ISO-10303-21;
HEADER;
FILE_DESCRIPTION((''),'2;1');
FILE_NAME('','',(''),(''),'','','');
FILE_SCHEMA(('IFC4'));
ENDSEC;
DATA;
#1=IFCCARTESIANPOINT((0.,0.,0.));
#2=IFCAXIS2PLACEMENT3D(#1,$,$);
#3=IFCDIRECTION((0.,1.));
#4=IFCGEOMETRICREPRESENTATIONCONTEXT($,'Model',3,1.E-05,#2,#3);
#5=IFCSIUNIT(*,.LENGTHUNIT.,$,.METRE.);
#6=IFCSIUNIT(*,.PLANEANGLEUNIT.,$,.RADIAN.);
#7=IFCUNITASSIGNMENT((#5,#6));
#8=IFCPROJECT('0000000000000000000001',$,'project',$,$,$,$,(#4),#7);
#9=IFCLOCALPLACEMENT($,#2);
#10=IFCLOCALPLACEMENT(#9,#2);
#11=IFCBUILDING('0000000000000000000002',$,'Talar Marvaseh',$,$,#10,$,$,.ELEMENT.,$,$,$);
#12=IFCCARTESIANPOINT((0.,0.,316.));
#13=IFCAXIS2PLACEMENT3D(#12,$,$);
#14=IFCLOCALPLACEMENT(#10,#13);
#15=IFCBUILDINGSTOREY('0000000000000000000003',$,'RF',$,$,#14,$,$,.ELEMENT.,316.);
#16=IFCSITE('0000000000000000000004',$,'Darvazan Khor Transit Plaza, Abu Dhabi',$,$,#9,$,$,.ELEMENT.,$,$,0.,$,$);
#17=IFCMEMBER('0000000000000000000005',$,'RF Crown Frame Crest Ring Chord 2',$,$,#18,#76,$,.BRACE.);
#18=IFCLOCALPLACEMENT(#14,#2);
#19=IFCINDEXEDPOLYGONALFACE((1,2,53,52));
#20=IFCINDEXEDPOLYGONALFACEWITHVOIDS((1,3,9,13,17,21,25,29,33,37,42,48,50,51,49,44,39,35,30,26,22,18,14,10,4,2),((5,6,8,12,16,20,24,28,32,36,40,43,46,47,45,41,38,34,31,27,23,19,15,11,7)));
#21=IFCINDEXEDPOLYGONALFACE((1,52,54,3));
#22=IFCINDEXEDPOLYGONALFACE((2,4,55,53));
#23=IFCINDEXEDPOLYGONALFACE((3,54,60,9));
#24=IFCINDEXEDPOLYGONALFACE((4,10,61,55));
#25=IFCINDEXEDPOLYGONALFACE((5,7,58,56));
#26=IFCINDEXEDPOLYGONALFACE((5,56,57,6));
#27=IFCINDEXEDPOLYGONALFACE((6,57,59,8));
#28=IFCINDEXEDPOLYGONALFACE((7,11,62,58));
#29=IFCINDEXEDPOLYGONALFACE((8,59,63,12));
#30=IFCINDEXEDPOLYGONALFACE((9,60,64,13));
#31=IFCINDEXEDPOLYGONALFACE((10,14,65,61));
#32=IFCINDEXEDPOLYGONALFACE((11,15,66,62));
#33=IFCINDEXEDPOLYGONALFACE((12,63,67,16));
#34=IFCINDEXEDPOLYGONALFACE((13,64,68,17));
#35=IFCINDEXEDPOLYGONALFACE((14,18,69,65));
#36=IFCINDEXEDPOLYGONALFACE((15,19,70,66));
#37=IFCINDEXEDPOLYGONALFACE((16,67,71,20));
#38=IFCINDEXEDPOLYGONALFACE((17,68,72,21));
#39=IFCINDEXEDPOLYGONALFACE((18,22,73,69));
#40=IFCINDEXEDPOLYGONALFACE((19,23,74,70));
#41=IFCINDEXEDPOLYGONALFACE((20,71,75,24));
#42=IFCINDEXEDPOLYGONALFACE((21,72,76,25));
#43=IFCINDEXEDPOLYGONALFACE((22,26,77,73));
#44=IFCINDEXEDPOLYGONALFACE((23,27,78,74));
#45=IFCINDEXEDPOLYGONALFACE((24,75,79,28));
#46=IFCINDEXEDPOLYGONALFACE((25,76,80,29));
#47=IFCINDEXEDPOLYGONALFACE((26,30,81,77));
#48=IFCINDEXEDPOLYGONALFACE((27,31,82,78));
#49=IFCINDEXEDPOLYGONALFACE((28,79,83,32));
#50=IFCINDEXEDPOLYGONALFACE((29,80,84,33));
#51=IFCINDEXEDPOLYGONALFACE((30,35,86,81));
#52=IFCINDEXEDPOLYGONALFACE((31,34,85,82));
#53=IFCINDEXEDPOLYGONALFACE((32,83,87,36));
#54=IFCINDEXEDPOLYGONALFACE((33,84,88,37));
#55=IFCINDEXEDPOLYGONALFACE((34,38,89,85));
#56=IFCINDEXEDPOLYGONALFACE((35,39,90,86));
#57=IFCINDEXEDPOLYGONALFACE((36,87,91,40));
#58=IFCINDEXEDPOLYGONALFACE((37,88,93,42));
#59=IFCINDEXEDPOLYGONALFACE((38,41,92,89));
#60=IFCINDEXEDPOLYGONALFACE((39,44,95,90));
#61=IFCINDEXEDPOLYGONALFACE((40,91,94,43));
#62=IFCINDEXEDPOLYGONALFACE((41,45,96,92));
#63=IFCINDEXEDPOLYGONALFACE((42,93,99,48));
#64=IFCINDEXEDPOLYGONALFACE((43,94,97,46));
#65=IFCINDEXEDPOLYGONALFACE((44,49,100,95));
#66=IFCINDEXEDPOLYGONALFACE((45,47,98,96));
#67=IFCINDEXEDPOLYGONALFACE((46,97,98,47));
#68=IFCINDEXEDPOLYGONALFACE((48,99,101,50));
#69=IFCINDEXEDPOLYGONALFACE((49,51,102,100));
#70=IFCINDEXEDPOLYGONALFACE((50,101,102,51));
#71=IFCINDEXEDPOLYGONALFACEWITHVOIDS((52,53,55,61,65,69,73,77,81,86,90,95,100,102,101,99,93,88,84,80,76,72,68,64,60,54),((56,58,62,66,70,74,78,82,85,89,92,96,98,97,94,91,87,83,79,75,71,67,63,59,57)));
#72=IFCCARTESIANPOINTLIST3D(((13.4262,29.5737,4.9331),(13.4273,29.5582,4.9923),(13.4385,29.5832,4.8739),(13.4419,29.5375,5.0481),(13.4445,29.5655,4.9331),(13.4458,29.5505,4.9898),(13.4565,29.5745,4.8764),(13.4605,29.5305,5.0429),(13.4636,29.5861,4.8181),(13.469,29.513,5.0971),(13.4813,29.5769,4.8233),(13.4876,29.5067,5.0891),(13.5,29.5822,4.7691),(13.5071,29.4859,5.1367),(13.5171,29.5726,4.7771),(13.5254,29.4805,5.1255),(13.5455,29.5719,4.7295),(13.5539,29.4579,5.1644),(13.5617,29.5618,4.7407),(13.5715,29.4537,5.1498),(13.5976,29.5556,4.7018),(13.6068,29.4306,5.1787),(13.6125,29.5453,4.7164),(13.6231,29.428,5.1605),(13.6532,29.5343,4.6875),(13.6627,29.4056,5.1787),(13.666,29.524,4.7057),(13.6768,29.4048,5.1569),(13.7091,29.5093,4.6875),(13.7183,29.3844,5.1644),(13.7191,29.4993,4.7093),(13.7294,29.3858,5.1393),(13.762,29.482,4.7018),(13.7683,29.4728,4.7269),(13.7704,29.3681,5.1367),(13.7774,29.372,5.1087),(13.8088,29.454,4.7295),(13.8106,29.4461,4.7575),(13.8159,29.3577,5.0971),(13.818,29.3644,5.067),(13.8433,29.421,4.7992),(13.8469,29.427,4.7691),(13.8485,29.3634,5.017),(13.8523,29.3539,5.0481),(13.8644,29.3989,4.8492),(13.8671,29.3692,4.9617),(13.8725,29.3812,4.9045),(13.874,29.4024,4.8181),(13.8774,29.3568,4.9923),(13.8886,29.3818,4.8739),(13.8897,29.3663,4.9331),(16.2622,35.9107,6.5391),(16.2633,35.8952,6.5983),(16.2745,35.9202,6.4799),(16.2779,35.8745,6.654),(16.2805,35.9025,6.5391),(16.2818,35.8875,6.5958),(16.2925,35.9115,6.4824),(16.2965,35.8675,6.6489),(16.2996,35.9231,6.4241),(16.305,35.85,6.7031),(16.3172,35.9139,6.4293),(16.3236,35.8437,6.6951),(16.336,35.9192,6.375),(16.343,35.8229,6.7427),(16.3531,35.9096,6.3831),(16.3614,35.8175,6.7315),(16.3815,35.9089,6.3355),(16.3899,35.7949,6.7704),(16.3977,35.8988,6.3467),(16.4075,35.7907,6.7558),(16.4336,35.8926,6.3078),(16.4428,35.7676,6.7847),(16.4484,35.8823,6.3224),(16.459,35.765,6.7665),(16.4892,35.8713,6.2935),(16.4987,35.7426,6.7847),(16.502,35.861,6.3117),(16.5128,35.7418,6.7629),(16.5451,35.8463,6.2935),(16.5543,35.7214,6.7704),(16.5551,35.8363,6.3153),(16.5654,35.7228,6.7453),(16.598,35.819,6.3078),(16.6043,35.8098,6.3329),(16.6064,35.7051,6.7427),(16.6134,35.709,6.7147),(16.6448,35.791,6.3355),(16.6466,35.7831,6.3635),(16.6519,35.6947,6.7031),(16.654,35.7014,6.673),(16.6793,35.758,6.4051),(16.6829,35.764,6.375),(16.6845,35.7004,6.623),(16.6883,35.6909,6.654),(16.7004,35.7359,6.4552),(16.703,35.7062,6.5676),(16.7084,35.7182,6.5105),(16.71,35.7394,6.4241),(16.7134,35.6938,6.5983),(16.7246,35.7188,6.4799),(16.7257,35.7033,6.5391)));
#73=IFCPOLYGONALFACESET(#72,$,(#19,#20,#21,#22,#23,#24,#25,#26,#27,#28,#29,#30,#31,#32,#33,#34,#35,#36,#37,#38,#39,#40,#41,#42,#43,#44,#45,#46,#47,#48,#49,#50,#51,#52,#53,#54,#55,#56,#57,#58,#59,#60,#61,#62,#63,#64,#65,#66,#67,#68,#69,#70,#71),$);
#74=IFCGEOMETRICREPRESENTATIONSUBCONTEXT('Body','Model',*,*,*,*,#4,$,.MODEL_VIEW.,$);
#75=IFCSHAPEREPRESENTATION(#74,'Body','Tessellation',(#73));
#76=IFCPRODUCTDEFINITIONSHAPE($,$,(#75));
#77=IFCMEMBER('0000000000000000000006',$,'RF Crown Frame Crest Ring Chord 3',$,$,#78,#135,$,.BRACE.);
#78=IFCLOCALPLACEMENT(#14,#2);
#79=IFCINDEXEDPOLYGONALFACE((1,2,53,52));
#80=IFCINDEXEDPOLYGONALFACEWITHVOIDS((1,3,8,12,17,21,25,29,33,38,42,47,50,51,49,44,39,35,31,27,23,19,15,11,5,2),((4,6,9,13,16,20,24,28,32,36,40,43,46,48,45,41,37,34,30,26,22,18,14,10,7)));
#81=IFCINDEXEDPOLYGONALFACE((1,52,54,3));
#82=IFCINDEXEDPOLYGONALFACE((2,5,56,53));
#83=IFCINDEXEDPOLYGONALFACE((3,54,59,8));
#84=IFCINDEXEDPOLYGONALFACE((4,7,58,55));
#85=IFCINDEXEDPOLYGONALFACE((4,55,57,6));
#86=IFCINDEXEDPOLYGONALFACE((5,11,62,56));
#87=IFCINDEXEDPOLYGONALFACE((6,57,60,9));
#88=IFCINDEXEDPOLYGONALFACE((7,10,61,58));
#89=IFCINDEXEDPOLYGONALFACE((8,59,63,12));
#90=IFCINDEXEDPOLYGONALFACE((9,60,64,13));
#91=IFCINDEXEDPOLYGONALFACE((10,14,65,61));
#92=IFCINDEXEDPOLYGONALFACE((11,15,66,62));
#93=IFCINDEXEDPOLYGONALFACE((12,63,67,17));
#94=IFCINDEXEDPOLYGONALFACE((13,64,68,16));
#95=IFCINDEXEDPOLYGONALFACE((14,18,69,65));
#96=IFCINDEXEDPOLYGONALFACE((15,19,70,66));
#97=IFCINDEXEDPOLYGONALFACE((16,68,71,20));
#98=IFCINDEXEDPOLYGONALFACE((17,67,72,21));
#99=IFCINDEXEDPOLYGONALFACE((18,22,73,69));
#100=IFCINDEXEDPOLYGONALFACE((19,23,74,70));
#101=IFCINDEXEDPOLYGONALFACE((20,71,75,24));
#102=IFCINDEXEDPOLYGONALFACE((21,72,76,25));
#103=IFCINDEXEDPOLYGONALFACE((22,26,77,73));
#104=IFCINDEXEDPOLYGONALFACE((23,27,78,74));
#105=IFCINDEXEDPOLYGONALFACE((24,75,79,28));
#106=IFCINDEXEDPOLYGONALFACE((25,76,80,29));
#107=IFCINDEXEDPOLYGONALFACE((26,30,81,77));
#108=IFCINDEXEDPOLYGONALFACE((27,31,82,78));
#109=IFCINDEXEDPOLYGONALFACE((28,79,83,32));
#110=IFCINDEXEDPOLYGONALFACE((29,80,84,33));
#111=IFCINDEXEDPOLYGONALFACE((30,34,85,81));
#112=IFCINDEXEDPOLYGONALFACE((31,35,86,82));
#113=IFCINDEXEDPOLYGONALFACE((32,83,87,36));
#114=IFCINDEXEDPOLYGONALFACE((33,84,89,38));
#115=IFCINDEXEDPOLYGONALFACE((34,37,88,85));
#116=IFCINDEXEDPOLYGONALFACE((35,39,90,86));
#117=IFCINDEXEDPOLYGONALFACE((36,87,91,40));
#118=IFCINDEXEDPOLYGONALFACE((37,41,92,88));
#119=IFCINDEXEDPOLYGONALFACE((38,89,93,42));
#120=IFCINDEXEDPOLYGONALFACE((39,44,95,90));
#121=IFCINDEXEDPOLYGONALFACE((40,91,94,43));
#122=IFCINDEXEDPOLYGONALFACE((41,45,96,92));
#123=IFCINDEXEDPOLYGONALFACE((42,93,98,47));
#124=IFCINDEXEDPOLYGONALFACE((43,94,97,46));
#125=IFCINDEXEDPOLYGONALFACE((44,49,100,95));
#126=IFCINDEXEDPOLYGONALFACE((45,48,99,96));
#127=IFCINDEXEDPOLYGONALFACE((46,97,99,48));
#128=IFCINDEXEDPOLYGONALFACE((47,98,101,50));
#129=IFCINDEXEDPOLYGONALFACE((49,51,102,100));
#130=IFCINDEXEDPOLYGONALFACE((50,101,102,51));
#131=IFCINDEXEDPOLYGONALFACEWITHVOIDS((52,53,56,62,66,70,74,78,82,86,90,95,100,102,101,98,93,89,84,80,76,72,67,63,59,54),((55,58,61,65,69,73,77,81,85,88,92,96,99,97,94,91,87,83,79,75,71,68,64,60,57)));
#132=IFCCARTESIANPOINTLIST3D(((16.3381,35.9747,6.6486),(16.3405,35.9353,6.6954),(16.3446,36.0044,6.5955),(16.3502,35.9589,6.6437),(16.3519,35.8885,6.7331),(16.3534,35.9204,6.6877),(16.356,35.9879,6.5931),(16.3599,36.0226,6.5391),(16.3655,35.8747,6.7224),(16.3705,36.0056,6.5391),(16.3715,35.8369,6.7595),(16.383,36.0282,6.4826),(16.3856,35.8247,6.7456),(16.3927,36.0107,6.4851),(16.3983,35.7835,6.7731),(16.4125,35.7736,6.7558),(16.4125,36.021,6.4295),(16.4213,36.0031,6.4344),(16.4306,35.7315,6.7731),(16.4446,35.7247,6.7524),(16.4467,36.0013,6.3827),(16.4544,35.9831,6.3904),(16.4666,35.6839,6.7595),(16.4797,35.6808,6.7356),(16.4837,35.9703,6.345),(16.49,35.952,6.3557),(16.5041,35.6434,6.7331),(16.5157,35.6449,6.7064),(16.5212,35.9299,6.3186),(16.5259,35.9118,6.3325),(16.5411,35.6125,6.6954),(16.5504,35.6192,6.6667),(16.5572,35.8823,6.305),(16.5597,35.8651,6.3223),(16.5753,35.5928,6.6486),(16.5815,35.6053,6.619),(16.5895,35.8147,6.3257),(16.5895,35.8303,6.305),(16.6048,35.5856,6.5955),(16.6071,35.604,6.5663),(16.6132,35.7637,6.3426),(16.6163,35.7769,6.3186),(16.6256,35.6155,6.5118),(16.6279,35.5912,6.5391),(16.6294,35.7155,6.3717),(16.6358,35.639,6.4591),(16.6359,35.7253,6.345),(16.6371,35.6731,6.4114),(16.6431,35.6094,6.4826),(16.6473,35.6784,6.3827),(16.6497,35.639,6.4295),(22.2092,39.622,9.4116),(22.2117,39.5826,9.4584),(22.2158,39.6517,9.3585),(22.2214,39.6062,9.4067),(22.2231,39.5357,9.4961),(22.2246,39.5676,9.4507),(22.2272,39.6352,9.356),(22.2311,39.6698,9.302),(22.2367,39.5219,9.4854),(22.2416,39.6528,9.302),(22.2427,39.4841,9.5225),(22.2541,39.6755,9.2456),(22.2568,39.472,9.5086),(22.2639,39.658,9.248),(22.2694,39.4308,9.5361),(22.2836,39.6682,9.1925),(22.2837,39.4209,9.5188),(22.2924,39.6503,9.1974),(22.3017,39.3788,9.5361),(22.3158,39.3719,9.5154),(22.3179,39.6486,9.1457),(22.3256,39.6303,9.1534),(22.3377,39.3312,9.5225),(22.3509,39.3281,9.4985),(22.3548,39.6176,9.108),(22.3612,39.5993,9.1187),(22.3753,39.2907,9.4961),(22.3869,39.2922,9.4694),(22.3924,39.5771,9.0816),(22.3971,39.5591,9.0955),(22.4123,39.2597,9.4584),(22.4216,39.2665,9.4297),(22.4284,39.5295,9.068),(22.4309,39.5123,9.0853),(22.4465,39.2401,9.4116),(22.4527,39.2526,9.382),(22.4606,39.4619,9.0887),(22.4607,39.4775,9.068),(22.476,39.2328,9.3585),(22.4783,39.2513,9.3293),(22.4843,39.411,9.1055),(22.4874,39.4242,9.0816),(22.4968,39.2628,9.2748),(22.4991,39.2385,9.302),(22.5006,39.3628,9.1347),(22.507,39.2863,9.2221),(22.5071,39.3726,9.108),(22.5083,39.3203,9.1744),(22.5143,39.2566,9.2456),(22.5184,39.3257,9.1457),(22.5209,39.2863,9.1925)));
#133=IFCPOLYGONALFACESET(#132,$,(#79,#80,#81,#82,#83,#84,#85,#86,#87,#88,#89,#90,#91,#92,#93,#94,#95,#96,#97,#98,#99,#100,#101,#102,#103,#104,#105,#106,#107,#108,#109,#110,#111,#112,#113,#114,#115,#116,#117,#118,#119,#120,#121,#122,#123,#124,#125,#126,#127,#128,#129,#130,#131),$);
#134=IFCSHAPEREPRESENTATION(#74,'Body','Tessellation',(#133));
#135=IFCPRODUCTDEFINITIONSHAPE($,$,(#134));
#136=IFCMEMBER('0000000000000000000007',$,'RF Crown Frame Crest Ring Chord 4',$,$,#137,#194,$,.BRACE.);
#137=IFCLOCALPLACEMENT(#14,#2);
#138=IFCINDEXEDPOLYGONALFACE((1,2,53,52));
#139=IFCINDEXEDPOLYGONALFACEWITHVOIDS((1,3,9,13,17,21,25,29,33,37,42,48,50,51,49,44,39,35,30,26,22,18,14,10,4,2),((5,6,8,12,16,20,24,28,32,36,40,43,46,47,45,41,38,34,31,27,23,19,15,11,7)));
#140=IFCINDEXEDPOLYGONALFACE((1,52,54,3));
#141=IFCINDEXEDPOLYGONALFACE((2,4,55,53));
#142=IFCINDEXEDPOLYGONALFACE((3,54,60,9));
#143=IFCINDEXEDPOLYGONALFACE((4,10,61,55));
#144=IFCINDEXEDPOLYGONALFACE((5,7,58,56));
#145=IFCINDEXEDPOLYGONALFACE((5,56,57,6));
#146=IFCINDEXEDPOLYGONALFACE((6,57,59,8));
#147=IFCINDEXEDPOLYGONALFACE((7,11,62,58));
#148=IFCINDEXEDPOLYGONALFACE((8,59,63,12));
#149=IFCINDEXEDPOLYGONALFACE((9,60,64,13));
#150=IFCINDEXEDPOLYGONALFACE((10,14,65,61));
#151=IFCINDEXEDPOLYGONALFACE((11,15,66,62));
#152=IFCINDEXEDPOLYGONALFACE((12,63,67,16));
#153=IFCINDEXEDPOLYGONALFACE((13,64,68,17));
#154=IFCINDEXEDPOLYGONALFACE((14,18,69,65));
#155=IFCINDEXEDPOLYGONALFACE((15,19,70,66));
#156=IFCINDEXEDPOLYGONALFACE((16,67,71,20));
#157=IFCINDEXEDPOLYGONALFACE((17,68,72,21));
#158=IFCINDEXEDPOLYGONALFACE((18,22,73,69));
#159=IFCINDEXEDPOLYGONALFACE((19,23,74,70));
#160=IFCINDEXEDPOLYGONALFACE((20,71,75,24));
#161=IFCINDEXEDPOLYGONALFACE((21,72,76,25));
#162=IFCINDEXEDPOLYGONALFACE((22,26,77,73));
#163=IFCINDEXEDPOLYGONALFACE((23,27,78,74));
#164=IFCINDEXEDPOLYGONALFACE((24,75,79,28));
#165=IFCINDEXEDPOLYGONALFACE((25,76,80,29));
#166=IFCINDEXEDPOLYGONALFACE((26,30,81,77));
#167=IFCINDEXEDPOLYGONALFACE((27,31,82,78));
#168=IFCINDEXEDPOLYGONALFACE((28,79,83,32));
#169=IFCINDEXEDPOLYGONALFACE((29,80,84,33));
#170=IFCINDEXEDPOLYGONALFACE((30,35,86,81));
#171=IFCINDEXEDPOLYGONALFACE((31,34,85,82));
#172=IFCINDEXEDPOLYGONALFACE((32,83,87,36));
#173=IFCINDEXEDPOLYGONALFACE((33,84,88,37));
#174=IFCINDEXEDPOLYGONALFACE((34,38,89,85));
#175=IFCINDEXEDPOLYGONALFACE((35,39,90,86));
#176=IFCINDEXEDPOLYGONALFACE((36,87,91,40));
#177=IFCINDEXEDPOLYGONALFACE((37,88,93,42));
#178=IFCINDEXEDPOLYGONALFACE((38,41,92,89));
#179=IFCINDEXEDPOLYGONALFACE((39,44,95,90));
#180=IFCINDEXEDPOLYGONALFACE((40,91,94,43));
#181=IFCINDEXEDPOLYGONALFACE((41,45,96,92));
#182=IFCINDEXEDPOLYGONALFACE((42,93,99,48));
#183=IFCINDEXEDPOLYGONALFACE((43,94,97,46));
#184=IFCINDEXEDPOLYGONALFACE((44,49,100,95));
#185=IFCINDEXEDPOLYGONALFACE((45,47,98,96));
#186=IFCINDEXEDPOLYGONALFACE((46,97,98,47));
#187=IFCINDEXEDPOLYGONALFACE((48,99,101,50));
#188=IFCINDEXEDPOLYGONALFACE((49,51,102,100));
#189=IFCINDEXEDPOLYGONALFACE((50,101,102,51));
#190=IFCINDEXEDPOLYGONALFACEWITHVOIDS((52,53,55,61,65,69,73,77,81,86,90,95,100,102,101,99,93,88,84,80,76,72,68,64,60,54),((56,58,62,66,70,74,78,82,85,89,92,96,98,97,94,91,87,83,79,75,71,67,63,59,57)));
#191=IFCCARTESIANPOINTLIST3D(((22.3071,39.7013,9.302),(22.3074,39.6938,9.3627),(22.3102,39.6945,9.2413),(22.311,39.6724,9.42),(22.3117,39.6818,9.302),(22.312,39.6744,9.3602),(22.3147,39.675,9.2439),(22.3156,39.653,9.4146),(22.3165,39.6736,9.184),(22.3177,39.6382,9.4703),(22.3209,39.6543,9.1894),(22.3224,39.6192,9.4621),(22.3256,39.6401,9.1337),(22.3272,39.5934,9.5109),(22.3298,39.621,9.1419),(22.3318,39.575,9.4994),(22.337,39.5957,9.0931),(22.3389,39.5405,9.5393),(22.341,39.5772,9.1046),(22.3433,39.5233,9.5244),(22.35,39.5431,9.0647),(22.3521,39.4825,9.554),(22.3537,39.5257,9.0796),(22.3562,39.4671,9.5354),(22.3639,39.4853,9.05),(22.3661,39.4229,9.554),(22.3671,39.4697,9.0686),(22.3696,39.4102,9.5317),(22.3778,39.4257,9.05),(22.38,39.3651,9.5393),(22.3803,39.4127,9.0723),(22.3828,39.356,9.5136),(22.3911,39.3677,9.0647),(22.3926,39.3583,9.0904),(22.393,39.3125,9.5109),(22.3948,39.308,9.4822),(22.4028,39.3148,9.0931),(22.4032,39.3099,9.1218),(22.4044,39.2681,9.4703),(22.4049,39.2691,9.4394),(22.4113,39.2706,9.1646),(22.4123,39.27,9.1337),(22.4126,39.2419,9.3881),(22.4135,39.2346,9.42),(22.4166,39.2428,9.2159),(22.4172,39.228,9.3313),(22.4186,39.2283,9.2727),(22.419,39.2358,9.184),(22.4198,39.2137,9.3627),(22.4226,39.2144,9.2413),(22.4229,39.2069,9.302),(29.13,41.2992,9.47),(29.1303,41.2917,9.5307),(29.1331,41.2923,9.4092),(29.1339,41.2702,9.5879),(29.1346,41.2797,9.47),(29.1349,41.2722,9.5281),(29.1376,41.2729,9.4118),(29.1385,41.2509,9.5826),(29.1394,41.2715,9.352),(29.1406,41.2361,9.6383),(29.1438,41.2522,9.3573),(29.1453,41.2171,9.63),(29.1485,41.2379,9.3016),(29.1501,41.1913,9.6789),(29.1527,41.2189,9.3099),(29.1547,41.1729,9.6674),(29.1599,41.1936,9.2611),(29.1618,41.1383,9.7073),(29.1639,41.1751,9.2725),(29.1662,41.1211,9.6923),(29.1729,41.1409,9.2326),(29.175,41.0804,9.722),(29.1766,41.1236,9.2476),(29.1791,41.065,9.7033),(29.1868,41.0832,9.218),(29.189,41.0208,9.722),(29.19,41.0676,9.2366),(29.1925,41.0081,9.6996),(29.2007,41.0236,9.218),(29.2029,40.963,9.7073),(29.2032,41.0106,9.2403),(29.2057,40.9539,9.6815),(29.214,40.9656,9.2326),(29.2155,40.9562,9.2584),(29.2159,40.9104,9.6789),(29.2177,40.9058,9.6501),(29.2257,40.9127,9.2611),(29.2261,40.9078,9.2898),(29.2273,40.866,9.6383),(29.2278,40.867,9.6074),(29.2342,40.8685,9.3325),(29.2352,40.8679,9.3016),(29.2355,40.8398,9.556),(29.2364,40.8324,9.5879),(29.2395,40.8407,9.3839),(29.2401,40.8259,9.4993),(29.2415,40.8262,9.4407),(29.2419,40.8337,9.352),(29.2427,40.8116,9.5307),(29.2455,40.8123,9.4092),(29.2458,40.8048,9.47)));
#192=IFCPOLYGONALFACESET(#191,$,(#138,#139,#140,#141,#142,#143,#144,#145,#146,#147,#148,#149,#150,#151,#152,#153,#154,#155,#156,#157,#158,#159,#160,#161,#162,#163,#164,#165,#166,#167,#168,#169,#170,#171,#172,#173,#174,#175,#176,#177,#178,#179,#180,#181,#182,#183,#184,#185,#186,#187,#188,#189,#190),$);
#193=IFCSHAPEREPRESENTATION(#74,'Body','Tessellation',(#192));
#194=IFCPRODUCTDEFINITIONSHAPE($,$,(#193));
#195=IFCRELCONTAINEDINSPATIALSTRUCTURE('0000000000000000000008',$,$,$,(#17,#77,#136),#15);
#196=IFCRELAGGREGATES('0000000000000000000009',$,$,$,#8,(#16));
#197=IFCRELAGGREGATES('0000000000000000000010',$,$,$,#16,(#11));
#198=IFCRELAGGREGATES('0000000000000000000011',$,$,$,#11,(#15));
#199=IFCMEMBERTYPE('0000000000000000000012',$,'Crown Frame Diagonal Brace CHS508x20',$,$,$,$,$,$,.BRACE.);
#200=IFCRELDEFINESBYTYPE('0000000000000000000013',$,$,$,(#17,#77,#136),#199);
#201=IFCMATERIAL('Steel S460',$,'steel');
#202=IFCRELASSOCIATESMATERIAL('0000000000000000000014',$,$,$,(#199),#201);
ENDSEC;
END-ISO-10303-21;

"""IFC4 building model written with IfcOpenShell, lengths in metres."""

from ifc_helpers import new_model, si_unit, direction, frame, origin, origin_2d, place, context, subcontext, project, spatial, hollow_circle, extrude, source, transform, mapped, material, material_profile, profile_set, type_object, element, save


model = new_model("IFC4")

# Units and contexts
model_context = context("Model", 3, precision=1e-05, world=origin(), true_north=direction((0.0, 1.0)))
body_context = subcontext(model_context, "Body", "Model", "MODEL_VIEW")
ifc_project = project(units=[si_unit("LENGTHUNIT", "METRE"), si_unit("PLANEANGLEUNIT", "RADIAN")], contexts=[model_context])

# Site, building, storey
site_placement = place(None, origin())
site = spatial("IfcSite", under=ifc_project, at=site_placement, Name="Darvazan Khor Transit Plaza, Abu Dhabi", CompositionType="ELEMENT", RefElevation=0.0)
building_placement = place(site_placement, origin())
building = spatial("IfcBuilding", under=site, at=building_placement, Name="Talar Marvaseh", CompositionType="ELEMENT")
storey_placement = place(building_placement, frame((0.0, 0.0, 316.0)))
storey = spatial("IfcBuildingStorey", under=building, at=storey_placement, Name="RF", CompositionType="ELEMENT", Elevation=316.0)

# Shared definitions
ifc_material_1 = material(Name="Steel S460", Category="steel")

# Members
ifc_material_profile_1 = material_profile(ifc_material_1, hollow_circle(Radius=0.2539, WallThickness=0.02, at=origin_2d()), Name="CHS508x20")
ifc_profile_set_1 = profile_set([ifc_material_profile_1], Name="Steel S460")
member_type = type_object("IfcMemberType", Name="Crown Frame Diagonal Brace CHS508x20", PredefinedType="BRACE", material=ifc_profile_set_1)
shared_shape_1 = source(origin(), body_context, "Body", "SweptSolid", [
    extrude(hollow_circle(Radius=0.2539, WallThickness=0.02, at=origin_2d()), origin(), (0.0, 0.0, 1.0), 7.126),
])
member_1_placement = place(storey_placement, frame((13.658, 29.47, 4.9331), z_axis=(0.397977, 0.889282, 0.22537), x_axis=(-0.912764, 0.408486, 0.0)))
element("IfcMember", 1, at=member_1_placement, inside=storey, type_object=member_type, Name="RF Crown Frame Crest Ring Chord 2", PredefinedType="BRACE", context=body_context, shape_type="MappedRepresentation", body=[
    mapped(shared_shape_1, transform((0.0, 0.0, 0.0), x_axis=(1.0, 0.0, 0.0), y_axis=(0.0, 1.0, 0.0), z_axis=(0.0, 0.0, 1.0), scale=1.0)),
])
shared_shape_2 = source(origin(), body_context, "Body", "SweptSolid", [
    extrude(hollow_circle(Radius=0.2539, WallThickness=0.02, at=origin_2d()), origin(), (0.0, 0.0, 1.0), 7.4436),
])
member_2_placement = place(storey_placement, frame((16.4939, 35.8069, 6.5391), z_axis=(0.788754, 0.489986, 0.371188), x_axis=(-0.527686, 0.84944, 0.0)))
element("IfcMember", 2, at=member_2_placement, inside=storey, type_object=member_type, Name="RF Crown Frame Crest Ring Chord 3", PredefinedType="BRACE", context=body_context, shape_type="MappedRepresentation", body=[
    mapped(shared_shape_2, transform((0.0, 0.0, 0.0), x_axis=(1.0, 0.0, 0.0), y_axis=(0.0, 1.0, 0.0), z_axis=(0.0, 0.0, 1.0), scale=1.0)),
])
shared_shape_3 = source(origin(), body_context, "Body", "SweptSolid", [
    extrude(hollow_circle(Radius=0.2539, WallThickness=0.02, at=origin_2d()), origin(), (0.0, 0.0, 1.0), 7.0095),
])
member_3_placement = place(storey_placement, frame((22.365, 39.4541, 9.302), z_axis=(0.973376, 0.227958, 0.023963), x_axis=(-0.228024, 0.973656, 0.0)))
element("IfcMember", 3, at=member_3_placement, inside=storey, type_object=member_type, Name="RF Crown Frame Crest Ring Chord 4", PredefinedType="BRACE", context=body_context, shape_type="MappedRepresentation", body=[
    mapped(shared_shape_3, transform((0.0, 0.0, 0.0), x_axis=(1.0, 0.0, 0.0), y_axis=(0.0, 1.0, 0.0), z_axis=(0.0, 0.0, 1.0), scale=1.0)),
])

save(model, "model.ifc")
